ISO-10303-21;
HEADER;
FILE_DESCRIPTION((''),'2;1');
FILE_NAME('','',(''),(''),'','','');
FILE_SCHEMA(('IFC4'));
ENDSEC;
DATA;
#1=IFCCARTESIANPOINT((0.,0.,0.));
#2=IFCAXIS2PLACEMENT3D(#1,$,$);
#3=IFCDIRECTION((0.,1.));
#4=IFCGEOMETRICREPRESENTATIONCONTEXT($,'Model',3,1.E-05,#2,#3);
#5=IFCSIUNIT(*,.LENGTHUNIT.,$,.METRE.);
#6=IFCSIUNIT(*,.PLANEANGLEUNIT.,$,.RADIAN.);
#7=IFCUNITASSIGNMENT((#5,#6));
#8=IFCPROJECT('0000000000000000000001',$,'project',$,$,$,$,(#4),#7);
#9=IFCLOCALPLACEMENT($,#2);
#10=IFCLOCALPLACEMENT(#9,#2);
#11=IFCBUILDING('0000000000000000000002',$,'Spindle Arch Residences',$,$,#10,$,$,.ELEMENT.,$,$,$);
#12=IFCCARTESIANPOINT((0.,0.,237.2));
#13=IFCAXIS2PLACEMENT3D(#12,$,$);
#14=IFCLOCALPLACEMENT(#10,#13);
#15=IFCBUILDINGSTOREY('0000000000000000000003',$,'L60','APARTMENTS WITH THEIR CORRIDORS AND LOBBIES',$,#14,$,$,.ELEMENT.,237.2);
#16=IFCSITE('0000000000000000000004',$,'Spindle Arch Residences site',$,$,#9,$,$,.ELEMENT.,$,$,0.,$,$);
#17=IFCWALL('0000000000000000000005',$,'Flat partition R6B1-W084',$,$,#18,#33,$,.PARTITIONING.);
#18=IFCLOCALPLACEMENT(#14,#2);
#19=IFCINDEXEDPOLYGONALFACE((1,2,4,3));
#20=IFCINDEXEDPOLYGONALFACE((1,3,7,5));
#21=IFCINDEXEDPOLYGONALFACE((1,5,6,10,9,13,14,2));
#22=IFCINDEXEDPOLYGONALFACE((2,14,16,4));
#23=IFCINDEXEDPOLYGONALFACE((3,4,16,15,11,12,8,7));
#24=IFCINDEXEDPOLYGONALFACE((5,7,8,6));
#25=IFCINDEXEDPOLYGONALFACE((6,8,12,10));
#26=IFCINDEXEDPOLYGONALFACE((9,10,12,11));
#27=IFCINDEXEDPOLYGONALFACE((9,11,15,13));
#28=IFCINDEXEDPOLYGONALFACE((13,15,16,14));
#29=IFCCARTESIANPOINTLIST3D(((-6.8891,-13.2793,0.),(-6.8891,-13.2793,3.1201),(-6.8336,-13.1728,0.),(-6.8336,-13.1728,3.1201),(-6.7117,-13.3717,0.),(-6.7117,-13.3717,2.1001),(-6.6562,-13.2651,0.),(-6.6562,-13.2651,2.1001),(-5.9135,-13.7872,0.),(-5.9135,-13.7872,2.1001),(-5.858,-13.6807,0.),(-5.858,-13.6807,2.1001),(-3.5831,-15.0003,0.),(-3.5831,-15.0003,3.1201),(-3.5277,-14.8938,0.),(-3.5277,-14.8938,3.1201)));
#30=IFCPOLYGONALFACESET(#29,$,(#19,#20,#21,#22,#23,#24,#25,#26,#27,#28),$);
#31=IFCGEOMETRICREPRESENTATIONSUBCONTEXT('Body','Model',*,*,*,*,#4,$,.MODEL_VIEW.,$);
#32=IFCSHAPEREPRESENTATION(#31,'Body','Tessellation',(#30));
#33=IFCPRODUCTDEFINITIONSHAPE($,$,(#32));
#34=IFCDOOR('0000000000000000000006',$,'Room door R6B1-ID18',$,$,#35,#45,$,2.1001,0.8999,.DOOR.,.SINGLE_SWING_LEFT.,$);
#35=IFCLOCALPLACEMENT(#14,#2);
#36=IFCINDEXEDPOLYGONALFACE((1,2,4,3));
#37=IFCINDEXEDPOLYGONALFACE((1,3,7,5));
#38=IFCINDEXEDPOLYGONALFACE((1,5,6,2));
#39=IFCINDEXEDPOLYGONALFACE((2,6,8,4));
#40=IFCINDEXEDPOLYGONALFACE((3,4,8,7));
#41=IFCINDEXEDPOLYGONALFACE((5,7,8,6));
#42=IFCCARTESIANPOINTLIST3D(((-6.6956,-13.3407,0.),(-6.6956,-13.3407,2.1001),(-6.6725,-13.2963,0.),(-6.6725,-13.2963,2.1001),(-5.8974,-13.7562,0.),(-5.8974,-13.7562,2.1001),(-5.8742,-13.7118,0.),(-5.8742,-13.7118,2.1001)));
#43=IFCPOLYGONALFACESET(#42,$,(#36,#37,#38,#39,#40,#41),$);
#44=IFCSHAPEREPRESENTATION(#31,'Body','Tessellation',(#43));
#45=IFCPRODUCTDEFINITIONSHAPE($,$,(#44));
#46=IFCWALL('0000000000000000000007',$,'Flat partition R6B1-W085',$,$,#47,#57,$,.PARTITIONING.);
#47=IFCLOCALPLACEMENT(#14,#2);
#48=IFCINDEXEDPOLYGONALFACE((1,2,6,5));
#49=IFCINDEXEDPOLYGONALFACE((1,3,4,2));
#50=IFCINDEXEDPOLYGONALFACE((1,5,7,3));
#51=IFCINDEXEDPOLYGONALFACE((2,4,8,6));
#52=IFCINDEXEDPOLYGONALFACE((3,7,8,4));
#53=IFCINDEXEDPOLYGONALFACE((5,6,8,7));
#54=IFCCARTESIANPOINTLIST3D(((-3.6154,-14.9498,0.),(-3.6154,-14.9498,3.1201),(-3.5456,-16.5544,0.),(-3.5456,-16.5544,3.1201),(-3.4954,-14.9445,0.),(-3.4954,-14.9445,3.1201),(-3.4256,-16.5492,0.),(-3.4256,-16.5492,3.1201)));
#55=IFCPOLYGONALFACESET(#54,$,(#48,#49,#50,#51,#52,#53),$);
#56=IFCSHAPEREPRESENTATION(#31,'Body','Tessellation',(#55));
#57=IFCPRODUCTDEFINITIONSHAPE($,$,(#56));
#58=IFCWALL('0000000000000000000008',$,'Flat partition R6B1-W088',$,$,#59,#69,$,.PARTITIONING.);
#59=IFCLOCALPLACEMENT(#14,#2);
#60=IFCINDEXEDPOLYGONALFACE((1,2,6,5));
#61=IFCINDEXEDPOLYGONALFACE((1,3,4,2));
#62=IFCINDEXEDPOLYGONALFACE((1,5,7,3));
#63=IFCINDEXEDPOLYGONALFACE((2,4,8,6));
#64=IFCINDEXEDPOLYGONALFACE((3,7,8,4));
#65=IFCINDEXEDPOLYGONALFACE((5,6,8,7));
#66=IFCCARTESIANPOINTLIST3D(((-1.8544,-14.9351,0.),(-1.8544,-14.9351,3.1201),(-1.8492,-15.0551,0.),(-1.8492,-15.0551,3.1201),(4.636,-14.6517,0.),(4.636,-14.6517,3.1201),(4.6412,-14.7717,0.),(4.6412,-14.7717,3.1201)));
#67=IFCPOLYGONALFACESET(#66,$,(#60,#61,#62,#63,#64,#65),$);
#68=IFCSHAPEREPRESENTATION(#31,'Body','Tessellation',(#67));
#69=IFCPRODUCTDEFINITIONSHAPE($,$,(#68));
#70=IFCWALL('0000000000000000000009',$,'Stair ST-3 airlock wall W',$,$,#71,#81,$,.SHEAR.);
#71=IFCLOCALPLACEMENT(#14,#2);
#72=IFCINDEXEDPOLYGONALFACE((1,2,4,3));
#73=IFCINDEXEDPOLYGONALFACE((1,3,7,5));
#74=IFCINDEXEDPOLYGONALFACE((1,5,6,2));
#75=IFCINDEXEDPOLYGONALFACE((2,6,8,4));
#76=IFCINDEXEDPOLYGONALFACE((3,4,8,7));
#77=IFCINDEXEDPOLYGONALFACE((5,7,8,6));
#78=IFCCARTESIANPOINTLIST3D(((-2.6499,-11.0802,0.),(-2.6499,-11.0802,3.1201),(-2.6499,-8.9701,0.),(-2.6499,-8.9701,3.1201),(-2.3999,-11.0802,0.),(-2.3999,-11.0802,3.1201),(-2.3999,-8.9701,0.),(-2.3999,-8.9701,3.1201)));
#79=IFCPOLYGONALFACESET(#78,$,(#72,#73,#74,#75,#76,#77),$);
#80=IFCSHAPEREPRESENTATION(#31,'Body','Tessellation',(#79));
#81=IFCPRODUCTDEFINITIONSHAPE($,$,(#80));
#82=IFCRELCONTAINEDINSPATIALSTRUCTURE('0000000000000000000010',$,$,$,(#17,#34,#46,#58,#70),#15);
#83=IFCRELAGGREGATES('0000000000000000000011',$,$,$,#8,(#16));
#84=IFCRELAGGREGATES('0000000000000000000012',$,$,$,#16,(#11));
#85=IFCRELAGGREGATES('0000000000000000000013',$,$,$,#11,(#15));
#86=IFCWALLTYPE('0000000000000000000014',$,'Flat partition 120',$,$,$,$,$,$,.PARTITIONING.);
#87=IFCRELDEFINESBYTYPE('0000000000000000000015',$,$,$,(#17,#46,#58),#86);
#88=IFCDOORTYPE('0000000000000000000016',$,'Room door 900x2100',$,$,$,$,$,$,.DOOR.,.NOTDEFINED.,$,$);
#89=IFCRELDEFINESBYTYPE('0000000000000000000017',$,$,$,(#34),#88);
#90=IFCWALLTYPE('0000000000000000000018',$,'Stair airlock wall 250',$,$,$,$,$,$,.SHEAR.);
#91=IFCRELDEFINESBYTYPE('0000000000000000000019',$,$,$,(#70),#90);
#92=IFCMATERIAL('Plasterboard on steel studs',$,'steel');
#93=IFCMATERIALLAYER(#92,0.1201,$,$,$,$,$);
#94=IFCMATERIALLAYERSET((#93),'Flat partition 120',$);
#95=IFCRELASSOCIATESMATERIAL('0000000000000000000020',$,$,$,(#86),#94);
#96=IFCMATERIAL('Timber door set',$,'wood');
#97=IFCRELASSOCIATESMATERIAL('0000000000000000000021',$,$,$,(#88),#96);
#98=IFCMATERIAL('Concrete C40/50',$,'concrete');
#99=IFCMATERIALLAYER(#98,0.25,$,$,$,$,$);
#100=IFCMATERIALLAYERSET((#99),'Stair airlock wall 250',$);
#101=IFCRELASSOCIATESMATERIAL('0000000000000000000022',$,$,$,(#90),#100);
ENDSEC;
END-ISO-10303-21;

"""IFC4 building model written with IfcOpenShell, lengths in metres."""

from ifc_helpers import new_model, si_unit, direction, frame, frame_2d, origin, place, context, subcontext, project, spatial, rectangle, extrude, material, layer, layer_set, type_object, element, fill, save


model = new_model("IFC4")

# Units and contexts
model_context = context("Model", 3, precision=1e-05, world=origin(), true_north=direction((0.0, 1.0)))
body_context = subcontext(model_context, "Body", "Model", "MODEL_VIEW")
ifc_project = project(units=[si_unit("LENGTHUNIT", "METRE"), si_unit("PLANEANGLEUNIT", "RADIAN")], contexts=[model_context])

# Site, building, storey
site_placement = place(None, origin())
site = spatial("IfcSite", under=ifc_project, at=site_placement, Name="Spindle Arch Residences site", CompositionType="ELEMENT", RefElevation=0.0)
building_placement = place(site_placement, origin())
building = spatial("IfcBuilding", under=site, at=building_placement, Name="Spindle Arch Residences", CompositionType="ELEMENT")
storey_placement = place(building_placement, frame((0.0, 0.0, 237.2)))
storey = spatial("IfcBuildingStorey", under=building, at=storey_placement, Name="L60", Description="APARTMENTS WITH THEIR CORRIDORS AND LOBBIES", CompositionType="ELEMENT", Elevation=237.2)

# Shared definitions
ifc_material_1 = material(Name="Plasterboard on steel studs", Category="steel")
ifc_layer_1 = layer(ifc_material_1, 0.1201)
ifc_layer_set_1 = layer_set([ifc_layer_1], Name="Flat partition 120")
wall_type_1 = type_object("IfcWallType", Name="Flat partition 120", PredefinedType="PARTITIONING", material=ifc_layer_set_1)

# Wall, opening, door
ifc_material_2 = material(Name="Timber door set", Category="wood")
door_type_1 = type_object("IfcDoorType", Name="Room door 900x2100", OperationType="NOTDEFINED", PredefinedType="DOOR", material=ifc_material_2)
wall_1_placement = place(storey_placement, frame((-6.8613, -13.2261, 0.0), z_axis=(0.0, 0.0, 1.0), x_axis=(0.887011, -0.461749, 0.0)))
wall_1 = element("IfcWall", 1, at=wall_1_placement, inside=storey, type_object=wall_type_1, Name="Flat partition R6B1-W084", PredefinedType="PARTITIONING", context=body_context, shape_type="SweptSolid", body=[
    extrude(rectangle(XDim=3.7271, YDim=0.1201, at=frame_2d((1.8635, 0.0))), origin(), (0.0, 0.0, 1.0), 3.1201),
])
opening_1_placement = place(wall_1_placement, frame((0.2, 0.0, 0.0)))
opening_1 = element("IfcOpeningElement", 2, at=opening_1_placement, cuts=wall_1, PredefinedType="OPENING", context=body_context, shape_type="SweptSolid", body=[
    extrude(rectangle(XDim=0.8999, YDim=2.1001, at=frame_2d((0.45, 1.05))), frame((0.0, 0.0701, 0.0), z_axis=(0.0, -1.0, 0.0), x_axis=(1.0, 0.0, 0.0)), (0.0, 0.0, 1.0), 0.1401),
])
door_1_placement = place(opening_1_placement, origin())
door_1 = element("IfcDoor", 3, at=door_1_placement, inside=storey, type_object=door_type_1, Name="Room door R6B1-ID18", OperationType="SINGLE_SWING_LEFT", OverallHeight=2.1001, OverallWidth=0.8999, PredefinedType="DOOR", context=body_context, shape_type="SweptSolid", body=[
    extrude(rectangle(XDim=0.8999, YDim=2.1001, at=frame_2d((0.45, 1.05))), frame((0.0, 0.0249, 0.0), z_axis=(0.0, -1.0, 0.0), x_axis=(1.0, 0.0, 0.0)), (0.0, 0.0, 1.0), 0.05),
])
fill(opening_1, door_1)

# Walls
wall_2_placement = place(storey_placement, frame((-3.5554, -14.947, 0.0), z_axis=(0.0, 0.0, 1.0), x_axis=(0.04347, -0.999055, 0.0)))
element("IfcWall", 4, at=wall_2_placement, inside=storey, type_object=wall_type_1, Name="Flat partition R6B1-W085", PredefinedType="PARTITIONING", context=body_context, shape_type="SweptSolid", body=[
    extrude(rectangle(XDim=1.6062, YDim=0.1201, at=frame_2d((0.8032, 0.0))), origin(), (0.0, 0.0, 1.0), 3.1201),
])
wall_3_placement = place(storey_placement, frame((-1.8518, -14.9951, 0.0), z_axis=(0.0, 0.0, 1.0), x_axis=(0.999048, 0.04363, 0.0)))
element("IfcWall", 5, at=wall_3_placement, inside=storey, type_object=wall_type_1, Name="Flat partition R6B1-W088", PredefinedType="PARTITIONING", context=body_context, shape_type="SweptSolid", body=[
    extrude(rectangle(XDim=6.4966, YDim=0.1201, at=frame_2d((3.2483, 0.0))), origin(), (0.0, 0.0, 1.0), 3.1201),
])
ifc_material_3 = material(Name="Concrete C40/50", Category="concrete")
ifc_layer_2 = layer(ifc_material_3, 0.25)
ifc_layer_set_2 = layer_set([ifc_layer_2], Name="Stair airlock wall 250")
wall_type_2 = type_object("IfcWallType", Name="Stair airlock wall 250", PredefinedType="SHEAR", material=ifc_layer_set_2)
wall_4_placement = place(storey_placement, frame((-2.5249, -8.97, 0.0), z_axis=(0.0, 0.0, 1.0), x_axis=(0.0, -1.0, 0.0)))
element("IfcWall", 6, at=wall_4_placement, inside=storey, type_object=wall_type_2, Name="Stair ST-3 airlock wall W", PredefinedType="SHEAR", context=body_context, shape_type="SweptSolid", body=[
    extrude(rectangle(XDim=2.1101, YDim=0.25, at=frame_2d((1.0552, 0.0))), origin(), (0.0, 0.0, 1.0), 3.1201),
])

save(model, "model.ifc")
